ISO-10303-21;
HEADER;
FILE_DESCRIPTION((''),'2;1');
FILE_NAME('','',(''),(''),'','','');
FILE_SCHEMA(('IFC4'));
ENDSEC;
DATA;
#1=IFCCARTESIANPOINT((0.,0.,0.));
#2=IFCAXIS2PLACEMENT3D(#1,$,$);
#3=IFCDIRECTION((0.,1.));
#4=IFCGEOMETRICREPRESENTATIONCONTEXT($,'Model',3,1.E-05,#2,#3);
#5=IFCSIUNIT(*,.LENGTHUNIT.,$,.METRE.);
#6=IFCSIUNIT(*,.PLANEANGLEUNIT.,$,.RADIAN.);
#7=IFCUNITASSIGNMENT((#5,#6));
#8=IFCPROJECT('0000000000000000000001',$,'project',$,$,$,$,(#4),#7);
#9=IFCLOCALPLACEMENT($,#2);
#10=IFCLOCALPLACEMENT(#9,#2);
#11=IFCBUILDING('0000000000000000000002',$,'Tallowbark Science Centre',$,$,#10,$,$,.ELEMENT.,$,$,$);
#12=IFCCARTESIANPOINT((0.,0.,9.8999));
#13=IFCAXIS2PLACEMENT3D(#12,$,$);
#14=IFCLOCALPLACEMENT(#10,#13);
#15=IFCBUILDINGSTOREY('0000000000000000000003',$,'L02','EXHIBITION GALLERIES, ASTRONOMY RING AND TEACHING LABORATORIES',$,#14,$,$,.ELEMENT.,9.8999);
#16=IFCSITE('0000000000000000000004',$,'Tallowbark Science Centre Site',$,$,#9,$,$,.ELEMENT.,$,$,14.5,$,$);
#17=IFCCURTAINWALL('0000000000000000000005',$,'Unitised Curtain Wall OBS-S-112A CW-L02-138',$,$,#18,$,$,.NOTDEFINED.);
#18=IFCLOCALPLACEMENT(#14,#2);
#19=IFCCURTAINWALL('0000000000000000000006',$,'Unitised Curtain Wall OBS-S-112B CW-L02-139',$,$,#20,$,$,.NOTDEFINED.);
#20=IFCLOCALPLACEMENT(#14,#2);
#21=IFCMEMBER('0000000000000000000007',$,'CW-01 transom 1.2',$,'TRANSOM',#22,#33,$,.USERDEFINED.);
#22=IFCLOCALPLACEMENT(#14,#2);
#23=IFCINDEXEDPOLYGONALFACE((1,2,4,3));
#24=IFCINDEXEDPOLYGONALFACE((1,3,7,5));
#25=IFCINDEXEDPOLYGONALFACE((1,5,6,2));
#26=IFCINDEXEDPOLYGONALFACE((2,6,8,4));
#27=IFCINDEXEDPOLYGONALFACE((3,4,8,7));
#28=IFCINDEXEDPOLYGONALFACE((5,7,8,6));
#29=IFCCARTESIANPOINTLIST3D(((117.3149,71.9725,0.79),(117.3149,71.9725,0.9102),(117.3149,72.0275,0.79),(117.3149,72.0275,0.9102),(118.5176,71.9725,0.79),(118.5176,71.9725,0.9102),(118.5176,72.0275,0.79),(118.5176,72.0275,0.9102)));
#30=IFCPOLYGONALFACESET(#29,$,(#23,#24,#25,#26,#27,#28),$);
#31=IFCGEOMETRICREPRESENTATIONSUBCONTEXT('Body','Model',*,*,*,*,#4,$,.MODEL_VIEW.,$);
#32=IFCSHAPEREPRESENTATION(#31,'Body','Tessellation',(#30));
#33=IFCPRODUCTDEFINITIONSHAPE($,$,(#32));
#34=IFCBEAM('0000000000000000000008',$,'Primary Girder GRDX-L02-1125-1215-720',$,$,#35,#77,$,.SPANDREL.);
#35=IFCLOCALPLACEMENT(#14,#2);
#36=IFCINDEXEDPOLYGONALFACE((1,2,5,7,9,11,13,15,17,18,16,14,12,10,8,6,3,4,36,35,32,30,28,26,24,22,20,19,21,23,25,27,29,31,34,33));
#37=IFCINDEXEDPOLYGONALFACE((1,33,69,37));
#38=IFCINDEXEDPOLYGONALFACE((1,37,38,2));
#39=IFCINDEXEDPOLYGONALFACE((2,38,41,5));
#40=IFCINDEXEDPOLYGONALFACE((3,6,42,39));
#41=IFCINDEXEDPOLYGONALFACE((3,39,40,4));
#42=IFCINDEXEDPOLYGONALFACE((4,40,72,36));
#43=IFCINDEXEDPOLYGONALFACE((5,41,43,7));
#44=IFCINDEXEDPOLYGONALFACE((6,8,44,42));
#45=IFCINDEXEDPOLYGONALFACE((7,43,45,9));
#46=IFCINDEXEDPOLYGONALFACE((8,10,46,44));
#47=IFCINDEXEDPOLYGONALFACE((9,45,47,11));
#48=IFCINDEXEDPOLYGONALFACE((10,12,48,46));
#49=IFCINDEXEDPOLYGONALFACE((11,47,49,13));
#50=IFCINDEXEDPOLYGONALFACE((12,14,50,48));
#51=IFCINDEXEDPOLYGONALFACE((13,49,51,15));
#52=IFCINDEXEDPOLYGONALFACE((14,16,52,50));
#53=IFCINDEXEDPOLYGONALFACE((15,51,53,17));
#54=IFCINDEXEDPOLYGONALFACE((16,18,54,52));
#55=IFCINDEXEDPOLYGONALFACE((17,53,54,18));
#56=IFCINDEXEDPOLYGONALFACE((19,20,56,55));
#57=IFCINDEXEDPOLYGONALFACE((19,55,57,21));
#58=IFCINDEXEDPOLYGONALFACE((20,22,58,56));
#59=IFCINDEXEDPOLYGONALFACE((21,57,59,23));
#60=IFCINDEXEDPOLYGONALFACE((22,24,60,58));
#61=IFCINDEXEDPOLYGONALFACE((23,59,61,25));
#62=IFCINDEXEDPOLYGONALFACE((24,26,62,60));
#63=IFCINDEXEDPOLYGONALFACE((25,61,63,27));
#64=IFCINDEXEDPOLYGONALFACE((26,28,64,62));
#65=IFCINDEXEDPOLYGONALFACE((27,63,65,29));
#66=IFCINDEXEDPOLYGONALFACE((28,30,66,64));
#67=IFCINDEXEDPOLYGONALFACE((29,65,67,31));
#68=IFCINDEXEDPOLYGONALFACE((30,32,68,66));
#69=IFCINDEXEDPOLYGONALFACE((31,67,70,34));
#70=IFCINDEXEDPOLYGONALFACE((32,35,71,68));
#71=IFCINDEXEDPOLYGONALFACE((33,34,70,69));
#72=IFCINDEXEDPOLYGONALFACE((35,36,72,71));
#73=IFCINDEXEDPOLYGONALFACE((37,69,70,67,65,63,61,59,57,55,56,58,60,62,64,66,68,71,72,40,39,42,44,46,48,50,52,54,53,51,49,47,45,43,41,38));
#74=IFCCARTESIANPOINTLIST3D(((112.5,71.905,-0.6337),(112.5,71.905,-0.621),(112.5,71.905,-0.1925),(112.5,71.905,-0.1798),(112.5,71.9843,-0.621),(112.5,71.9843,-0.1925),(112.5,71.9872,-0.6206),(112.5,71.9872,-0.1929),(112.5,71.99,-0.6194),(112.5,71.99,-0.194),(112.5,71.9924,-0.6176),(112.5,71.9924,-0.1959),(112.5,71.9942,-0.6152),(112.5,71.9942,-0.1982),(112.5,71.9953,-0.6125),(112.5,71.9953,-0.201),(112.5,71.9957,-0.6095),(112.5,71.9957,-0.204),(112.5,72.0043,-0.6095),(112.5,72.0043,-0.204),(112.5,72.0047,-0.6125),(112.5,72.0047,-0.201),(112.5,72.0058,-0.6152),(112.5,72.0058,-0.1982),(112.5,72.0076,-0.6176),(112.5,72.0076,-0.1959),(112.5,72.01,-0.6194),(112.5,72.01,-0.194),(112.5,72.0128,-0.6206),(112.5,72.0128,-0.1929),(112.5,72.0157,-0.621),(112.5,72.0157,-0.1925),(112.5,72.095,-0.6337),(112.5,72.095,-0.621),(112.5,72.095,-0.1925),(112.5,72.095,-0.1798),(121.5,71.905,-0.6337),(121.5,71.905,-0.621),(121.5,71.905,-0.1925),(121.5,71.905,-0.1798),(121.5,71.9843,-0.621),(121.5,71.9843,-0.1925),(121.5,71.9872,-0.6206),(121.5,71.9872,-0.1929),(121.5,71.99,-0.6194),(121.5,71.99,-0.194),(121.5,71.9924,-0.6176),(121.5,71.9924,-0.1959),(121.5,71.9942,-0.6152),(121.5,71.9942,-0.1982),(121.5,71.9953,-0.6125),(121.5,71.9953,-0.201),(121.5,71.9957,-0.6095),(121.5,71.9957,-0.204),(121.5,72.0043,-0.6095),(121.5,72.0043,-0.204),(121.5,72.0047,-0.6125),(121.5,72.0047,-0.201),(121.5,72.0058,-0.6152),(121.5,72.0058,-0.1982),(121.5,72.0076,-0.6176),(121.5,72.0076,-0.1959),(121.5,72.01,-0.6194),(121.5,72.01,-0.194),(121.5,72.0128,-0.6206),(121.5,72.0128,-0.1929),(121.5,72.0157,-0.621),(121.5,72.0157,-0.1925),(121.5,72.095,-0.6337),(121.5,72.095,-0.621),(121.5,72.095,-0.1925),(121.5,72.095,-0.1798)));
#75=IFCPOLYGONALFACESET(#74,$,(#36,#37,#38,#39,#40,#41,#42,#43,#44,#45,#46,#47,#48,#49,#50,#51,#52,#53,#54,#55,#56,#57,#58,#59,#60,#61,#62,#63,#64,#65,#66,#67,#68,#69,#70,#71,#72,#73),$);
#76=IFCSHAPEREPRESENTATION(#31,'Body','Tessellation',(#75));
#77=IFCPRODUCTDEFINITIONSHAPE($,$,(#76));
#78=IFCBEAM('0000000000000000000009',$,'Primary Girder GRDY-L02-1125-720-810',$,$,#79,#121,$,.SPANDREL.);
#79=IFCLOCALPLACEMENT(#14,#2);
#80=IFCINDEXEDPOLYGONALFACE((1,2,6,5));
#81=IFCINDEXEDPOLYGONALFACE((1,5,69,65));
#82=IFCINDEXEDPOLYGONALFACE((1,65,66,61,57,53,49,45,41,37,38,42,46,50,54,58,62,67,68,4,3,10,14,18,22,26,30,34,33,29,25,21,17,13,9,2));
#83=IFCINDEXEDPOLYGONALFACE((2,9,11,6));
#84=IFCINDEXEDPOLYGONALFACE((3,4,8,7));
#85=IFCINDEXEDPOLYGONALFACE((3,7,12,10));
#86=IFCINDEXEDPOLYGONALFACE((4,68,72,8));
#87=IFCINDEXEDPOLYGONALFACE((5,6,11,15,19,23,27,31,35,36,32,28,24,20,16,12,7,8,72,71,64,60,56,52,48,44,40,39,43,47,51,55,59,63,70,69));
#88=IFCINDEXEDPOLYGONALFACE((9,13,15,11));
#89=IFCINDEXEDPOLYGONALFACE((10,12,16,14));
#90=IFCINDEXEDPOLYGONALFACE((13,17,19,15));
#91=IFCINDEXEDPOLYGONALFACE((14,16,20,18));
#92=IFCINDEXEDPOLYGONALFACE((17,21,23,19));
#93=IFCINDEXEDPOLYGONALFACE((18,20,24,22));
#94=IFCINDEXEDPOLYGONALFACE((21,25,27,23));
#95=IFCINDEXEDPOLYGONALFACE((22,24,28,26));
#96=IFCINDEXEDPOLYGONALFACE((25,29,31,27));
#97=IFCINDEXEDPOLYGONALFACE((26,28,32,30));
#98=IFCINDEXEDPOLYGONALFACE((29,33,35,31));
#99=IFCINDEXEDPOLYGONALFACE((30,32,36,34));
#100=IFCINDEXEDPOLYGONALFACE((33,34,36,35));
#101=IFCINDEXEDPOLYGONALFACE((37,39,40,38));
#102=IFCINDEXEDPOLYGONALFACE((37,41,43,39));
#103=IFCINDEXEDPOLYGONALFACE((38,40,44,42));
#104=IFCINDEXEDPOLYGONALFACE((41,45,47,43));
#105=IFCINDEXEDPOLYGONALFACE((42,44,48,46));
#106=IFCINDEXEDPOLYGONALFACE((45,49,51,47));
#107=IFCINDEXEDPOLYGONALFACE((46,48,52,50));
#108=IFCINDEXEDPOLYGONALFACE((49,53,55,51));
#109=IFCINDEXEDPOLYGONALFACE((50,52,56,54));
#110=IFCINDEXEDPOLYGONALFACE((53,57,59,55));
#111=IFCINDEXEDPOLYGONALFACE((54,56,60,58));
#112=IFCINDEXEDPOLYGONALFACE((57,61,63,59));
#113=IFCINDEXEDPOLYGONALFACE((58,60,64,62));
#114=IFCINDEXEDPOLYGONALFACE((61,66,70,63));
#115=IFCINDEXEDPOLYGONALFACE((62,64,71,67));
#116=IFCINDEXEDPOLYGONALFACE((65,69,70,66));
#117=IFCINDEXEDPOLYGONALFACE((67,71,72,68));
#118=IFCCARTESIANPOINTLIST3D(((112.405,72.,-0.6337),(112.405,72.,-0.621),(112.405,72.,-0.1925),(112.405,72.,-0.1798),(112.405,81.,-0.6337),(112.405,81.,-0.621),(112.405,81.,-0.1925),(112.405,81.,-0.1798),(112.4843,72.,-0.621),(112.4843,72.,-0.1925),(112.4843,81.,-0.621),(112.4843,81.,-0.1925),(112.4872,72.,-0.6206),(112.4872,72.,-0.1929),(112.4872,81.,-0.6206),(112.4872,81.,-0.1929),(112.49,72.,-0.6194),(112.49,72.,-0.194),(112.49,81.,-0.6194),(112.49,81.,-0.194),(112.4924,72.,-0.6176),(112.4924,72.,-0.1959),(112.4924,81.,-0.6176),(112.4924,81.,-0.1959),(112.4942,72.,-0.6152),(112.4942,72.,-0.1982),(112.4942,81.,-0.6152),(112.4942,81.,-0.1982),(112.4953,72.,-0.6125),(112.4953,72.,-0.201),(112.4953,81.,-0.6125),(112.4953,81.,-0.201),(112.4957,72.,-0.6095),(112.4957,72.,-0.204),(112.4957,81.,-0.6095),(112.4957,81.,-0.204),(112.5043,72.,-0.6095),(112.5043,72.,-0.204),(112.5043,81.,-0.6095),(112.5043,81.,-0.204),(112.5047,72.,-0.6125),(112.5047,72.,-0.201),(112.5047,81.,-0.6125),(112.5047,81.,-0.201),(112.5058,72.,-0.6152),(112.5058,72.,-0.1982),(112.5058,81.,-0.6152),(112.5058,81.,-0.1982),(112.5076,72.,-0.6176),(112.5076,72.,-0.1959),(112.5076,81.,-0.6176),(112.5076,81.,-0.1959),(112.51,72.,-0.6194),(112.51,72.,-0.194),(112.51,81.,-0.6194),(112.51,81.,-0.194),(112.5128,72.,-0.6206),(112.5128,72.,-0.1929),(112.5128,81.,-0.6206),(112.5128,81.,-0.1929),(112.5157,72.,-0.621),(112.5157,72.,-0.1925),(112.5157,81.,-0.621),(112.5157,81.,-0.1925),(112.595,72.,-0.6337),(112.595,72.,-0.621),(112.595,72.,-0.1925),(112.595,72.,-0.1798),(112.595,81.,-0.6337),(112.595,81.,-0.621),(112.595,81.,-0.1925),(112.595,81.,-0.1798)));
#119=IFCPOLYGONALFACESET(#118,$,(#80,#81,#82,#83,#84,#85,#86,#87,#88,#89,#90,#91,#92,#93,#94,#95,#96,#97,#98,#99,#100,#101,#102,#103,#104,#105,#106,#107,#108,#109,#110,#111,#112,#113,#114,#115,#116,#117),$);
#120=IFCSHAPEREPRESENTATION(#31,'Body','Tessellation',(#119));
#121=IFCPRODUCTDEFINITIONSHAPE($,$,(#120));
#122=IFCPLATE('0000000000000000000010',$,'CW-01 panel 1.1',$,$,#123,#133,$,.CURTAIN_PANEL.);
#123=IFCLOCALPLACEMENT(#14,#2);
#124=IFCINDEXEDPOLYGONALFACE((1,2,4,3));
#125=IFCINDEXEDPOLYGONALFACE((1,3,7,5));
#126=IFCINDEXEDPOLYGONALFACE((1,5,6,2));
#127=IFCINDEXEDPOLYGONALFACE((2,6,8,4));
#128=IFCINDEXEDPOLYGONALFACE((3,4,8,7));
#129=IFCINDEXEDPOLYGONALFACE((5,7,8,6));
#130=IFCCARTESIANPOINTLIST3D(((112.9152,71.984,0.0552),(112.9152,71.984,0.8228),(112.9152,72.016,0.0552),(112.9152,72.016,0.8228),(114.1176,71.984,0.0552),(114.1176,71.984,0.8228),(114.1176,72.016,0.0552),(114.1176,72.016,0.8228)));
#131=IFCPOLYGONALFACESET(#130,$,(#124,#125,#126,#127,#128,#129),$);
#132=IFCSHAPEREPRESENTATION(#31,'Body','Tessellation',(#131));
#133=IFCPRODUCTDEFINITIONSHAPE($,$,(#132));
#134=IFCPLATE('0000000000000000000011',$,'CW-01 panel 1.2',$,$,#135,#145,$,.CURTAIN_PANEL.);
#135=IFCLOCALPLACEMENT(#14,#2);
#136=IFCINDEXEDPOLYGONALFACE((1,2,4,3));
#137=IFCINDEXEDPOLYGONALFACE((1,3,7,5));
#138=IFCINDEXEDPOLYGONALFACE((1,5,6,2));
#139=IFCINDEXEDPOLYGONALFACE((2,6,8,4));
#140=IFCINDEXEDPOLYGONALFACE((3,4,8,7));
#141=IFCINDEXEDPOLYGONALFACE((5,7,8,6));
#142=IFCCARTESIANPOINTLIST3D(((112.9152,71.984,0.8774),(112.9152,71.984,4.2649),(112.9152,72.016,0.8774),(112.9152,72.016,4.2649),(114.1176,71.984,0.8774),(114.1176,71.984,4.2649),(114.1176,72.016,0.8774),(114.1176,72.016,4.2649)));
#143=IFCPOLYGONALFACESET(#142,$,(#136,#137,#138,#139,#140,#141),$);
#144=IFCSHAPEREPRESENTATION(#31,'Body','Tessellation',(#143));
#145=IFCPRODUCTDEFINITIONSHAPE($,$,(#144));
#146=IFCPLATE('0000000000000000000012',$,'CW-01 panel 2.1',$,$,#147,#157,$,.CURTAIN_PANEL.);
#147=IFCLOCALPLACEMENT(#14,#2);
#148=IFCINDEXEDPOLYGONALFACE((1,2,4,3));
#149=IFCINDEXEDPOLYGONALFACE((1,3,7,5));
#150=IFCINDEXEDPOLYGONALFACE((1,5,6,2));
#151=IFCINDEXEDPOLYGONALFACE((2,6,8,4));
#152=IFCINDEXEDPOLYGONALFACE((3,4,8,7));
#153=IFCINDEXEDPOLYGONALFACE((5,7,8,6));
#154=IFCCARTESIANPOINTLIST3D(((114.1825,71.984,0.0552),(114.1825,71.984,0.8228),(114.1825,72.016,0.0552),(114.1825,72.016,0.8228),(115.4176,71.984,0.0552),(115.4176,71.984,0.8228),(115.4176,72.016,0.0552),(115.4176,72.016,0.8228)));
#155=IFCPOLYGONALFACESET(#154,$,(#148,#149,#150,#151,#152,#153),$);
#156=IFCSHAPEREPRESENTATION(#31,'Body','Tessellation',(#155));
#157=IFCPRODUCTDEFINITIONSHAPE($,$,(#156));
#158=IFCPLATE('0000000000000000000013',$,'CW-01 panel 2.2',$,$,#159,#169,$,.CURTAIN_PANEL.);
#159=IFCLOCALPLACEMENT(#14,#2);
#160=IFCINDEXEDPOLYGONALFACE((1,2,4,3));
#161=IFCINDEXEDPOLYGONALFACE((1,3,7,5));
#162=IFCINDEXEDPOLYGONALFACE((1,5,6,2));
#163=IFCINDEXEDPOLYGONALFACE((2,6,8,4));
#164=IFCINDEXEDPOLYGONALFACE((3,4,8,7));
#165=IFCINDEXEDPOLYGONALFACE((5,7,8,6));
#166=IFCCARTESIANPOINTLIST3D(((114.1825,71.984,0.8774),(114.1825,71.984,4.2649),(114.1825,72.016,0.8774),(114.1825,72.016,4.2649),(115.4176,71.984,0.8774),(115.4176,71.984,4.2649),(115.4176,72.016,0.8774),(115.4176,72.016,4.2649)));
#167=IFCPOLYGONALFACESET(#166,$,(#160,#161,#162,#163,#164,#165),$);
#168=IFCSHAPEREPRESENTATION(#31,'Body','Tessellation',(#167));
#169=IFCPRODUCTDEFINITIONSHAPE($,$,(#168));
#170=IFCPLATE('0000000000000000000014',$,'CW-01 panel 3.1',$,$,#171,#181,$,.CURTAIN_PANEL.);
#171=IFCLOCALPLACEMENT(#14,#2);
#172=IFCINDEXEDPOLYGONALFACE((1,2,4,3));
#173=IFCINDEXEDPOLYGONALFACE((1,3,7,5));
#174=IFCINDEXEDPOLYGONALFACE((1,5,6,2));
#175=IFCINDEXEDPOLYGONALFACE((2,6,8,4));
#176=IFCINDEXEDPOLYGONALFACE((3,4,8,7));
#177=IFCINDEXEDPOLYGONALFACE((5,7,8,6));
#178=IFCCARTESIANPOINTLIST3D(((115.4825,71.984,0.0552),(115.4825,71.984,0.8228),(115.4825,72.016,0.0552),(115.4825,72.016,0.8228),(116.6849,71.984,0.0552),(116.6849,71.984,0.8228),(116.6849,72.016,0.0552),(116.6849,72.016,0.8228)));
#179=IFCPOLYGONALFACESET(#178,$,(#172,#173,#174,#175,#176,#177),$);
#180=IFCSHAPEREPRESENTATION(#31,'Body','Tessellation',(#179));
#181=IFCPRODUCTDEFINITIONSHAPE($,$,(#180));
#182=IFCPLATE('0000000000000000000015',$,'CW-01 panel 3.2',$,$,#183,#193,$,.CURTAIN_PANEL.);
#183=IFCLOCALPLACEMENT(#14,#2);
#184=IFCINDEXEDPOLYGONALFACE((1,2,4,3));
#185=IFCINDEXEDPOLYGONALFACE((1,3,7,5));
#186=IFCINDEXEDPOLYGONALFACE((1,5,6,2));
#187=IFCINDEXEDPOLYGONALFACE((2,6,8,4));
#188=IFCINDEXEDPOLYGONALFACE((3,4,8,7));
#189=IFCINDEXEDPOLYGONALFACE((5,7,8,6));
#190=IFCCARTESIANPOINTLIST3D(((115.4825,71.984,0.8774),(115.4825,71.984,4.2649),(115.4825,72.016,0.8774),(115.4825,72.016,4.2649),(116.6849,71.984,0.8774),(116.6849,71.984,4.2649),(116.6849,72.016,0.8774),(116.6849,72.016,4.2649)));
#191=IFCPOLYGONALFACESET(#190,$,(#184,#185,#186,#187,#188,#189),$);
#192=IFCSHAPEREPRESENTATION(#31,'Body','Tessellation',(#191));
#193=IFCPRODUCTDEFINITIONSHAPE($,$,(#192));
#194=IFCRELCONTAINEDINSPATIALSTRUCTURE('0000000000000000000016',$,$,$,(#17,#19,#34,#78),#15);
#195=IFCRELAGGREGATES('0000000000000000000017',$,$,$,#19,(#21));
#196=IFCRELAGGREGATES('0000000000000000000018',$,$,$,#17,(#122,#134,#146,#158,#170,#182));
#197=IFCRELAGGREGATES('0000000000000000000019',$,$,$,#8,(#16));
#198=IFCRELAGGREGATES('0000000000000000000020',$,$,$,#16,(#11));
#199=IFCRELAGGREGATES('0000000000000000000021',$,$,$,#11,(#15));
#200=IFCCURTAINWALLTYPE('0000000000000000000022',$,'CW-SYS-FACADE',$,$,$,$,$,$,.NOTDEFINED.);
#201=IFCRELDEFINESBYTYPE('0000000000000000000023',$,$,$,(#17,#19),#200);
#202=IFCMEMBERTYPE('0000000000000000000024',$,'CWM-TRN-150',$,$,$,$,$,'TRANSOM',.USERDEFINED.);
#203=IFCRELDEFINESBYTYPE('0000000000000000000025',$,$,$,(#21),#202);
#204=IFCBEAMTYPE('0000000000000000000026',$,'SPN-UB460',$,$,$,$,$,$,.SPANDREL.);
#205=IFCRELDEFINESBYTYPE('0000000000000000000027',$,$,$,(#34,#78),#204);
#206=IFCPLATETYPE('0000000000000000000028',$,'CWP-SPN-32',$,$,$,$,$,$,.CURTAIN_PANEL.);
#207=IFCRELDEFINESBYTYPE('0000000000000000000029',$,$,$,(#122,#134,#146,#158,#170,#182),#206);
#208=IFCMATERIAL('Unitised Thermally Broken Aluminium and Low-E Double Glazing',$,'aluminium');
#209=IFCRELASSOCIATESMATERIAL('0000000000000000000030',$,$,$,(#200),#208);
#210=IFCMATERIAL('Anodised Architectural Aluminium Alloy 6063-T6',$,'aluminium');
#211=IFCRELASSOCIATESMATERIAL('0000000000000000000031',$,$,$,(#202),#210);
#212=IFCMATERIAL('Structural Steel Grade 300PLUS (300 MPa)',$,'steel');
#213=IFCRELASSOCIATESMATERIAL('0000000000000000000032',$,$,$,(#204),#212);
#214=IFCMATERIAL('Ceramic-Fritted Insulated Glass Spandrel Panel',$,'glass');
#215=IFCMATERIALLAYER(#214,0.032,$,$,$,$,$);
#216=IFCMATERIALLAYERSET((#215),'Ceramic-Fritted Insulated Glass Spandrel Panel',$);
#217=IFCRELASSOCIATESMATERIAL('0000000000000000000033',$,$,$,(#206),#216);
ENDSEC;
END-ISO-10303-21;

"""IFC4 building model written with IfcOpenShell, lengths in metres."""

from ifc_helpers import new_model, si_unit, direction, frame, origin, origin_2d, place, context, subcontext, project, spatial, rectangle, i_section, extrude, material, layer, layer_set, material_profile, profile_set, type_object, element, aggregate, save


model = new_model("IFC4")

# Units and contexts
model_context = context("Model", 3, precision=1e-05, world=origin(), true_north=direction((0.0, 1.0)))
body_context = subcontext(model_context, "Body", "Model", "MODEL_VIEW")
ifc_project = project(units=[si_unit("LENGTHUNIT", "METRE"), si_unit("PLANEANGLEUNIT", "RADIAN")], contexts=[model_context])

# Site, building, storey
site_placement = place(None, origin())
site = spatial("IfcSite", under=ifc_project, at=site_placement, Name="Tallowbark Science Centre Site", CompositionType="ELEMENT", RefElevation=14.5)
building_placement = place(site_placement, origin())
building = spatial("IfcBuilding", under=site, at=building_placement, Name="Tallowbark Science Centre", CompositionType="ELEMENT")
storey_placement = place(building_placement, frame((0.0, 0.0, 9.8999)))
storey = spatial("IfcBuildingStorey", under=building, at=storey_placement, Name="L02", Description="EXHIBITION GALLERIES, ASTRONOMY RING AND TEACHING LABORATORIES", CompositionType="ELEMENT", Elevation=9.8999)

# Curtain wall
ifc_material_1 = material(Name="Unitised Thermally Broken Aluminium and Low-E Double Glazing", Category="aluminium")
curtain_wall_type = type_object("IfcCurtainWallType", Name="CW-SYS-FACADE", PredefinedType="NOTDEFINED", material=ifc_material_1)
curtain_wall_1_placement = place(storey_placement, origin())
curtain_wall_1 = element("IfcCurtainWall", 1, at=curtain_wall_1_placement, inside=storey, type_object=curtain_wall_type, Name="Unitised Curtain Wall OBS-S-112A CW-L02-138", PredefinedType="NOTDEFINED")
ifc_material_2 = material(Name="Anodised Architectural Aluminium Alloy 6063-T6", Category="aluminium")

# Curtain wall
curtain_wall_2_placement = place(storey_placement, origin())
curtain_wall_2 = element("IfcCurtainWall", 2, at=curtain_wall_2_placement, inside=storey, type_object=curtain_wall_type, Name="Unitised Curtain Wall OBS-S-112B CW-L02-139", PredefinedType="NOTDEFINED")

# Member
ifc_material_profile_1 = material_profile(ifc_material_2, rectangle(XDim=0.0549, YDim=0.1201, at=origin_2d()), Name="ALU55x120")
ifc_profile_set_1 = profile_set([ifc_material_profile_1], Name="Anodised Architectural Aluminium Alloy 6063-T6")
member_type_1 = type_object("IfcMemberType", Name="CWM-TRN-150", ElementType="TRANSOM", PredefinedType="USERDEFINED", material=ifc_profile_set_1)
member_1_placement = place(storey_placement, frame((117.3149, 72.0, 0.8501), z_axis=(1.0, 0.0, 0.0), x_axis=(0.0, 1.0, 0.0)))
member_1 = element("IfcMember", 3, at=member_1_placement, type_object=member_type_1, Name="CW-01 transom 1.2", ObjectType="TRANSOM", PredefinedType="USERDEFINED", context=body_context, shape_type="SweptSolid", body=[
    extrude(rectangle(XDim=0.0549, YDim=0.1201, at=origin_2d()), origin(), (0.0, 0.0, 1.0), 1.2026),
])
aggregate(curtain_wall_2, [member_1])

# Beams
ifc_material_3 = material(Name="Structural Steel Grade 300PLUS (300 MPa)", Category="steel")
ifc_material_profile_2 = material_profile(ifc_material_3, i_section(OverallWidth=0.1899, OverallDepth=0.4539, WebThickness=0.0085, FlangeThickness=0.0127, FilletRadius=0.0115, at=origin_2d()), Name="460UB67.1")
ifc_profile_set_2 = profile_set([ifc_material_profile_2], Name="Structural Steel Grade 300PLUS (300 MPa)")
beam_type = type_object("IfcBeamType", Name="SPN-UB460", PredefinedType="SPANDREL", material=ifc_profile_set_2)
for number, where, z_axis, x_axis, name in (
    (4, (112.5, 72.0, -0.4067), (1.0, 0.0, 0.0), (0.0, 1.0, 0.0), "Primary Girder GRDX-L02-1125-1215-720"),
    (5, (112.5, 72.0, -0.4067), (0.0, 1.0, 0.0), (-1.0, 0.0, 0.0), "Primary Girder GRDY-L02-1125-720-810"),
):
    element("IfcBeam", number, at=place(storey_placement, frame(where, z_axis=z_axis, x_axis=x_axis)), inside=storey, type_object=beam_type, Name=name, PredefinedType="SPANDREL", context=body_context, shape_type="SweptSolid", body=[
        extrude(i_section(OverallWidth=0.1899, OverallDepth=0.4539, WebThickness=0.0085, FlangeThickness=0.0127, FilletRadius=0.0115, at=origin_2d()), origin(), (0.0, 0.0, 1.0), 9.0),
    ])

# Plates
ifc_material_4 = material(Name="Ceramic-Fritted Insulated Glass Spandrel Panel", Category="glass")
ifc_layer_1 = layer(ifc_material_4, 0.032)
ifc_layer_set_1 = layer_set([ifc_layer_1], Name="Ceramic-Fritted Insulated Glass Spandrel Panel")
plate_type = type_object("IfcPlateType", Name="CWP-SPN-32", PredefinedType="CURTAIN_PANEL", material=ifc_layer_set_1)
plate_1_placement = place(storey_placement, frame((113.5164, 72.0, 0.0552), z_axis=(0.0, 0.0, 1.0), x_axis=(1.0, 0.0, 0.0)))
plate_1 = element("IfcPlate", 6, at=plate_1_placement, type_object=plate_type, Name="CW-01 panel 1.1", PredefinedType="CURTAIN_PANEL", context=body_context, shape_type="SweptSolid", body=[
    extrude(rectangle(XDim=1.2024, YDim=0.032, at=origin_2d()), origin(), (0.0, 0.0, 1.0), 0.7676),
])
plate_2_placement = place(storey_placement, frame((113.5164, 72.0, 0.8774), z_axis=(0.0, 0.0, 1.0), x_axis=(1.0, 0.0, 0.0)))
plate_2 = element("IfcPlate", 7, at=plate_2_placement, type_object=plate_type, Name="CW-01 panel 1.2", PredefinedType="CURTAIN_PANEL", context=body_context, shape_type="SweptSolid", body=[
    extrude(rectangle(XDim=1.2024, YDim=0.032, at=origin_2d()), origin(), (0.0, 0.0, 1.0), 3.3875),
])
plate_3_placement = place(storey_placement, frame((114.8, 72.0, 0.0552), z_axis=(0.0, 0.0, 1.0), x_axis=(1.0, 0.0, 0.0)))
plate_3 = element("IfcPlate", 8, at=plate_3_placement, type_object=plate_type, Name="CW-01 panel 2.1", PredefinedType="CURTAIN_PANEL", context=body_context, shape_type="SweptSolid", body=[
    extrude(rectangle(XDim=1.2351, YDim=0.032, at=origin_2d()), origin(), (0.0, 0.0, 1.0), 0.7676),
])
plate_4_placement = place(storey_placement, frame((114.8, 72.0, 0.8774), z_axis=(0.0, 0.0, 1.0), x_axis=(1.0, 0.0, 0.0)))
plate_4 = element("IfcPlate", 9, at=plate_4_placement, type_object=plate_type, Name="CW-01 panel 2.2", PredefinedType="CURTAIN_PANEL", context=body_context, shape_type="SweptSolid", body=[
    extrude(rectangle(XDim=1.2351, YDim=0.032, at=origin_2d()), origin(), (0.0, 0.0, 1.0), 3.3875),
])
plate_5_placement = place(storey_placement, frame((116.0837, 72.0, 0.0552), z_axis=(0.0, 0.0, 1.0), x_axis=(1.0, 0.0, 0.0)))
plate_5 = element("IfcPlate", 10, at=plate_5_placement, type_object=plate_type, Name="CW-01 panel 3.1", PredefinedType="CURTAIN_PANEL", context=body_context, shape_type="SweptSolid", body=[
    extrude(rectangle(XDim=1.2024, YDim=0.032, at=origin_2d()), origin(), (0.0, 0.0, 1.0), 0.7676),
])
plate_6_placement = place(storey_placement, frame((116.0837, 72.0, 0.8774), z_axis=(0.0, 0.0, 1.0), x_axis=(1.0, 0.0, 0.0)))
plate_6 = element("IfcPlate", 11, at=plate_6_placement, type_object=plate_type, Name="CW-01 panel 3.2", PredefinedType="CURTAIN_PANEL", context=body_context, shape_type="SweptSolid", body=[
    extrude(rectangle(XDim=1.2024, YDim=0.032, at=origin_2d()), origin(), (0.0, 0.0, 1.0), 3.3875),
])
aggregate(curtain_wall_1, [plate_1, plate_2, plate_3, plate_4, plate_5, plate_6])

save(model, "model.ifc")
